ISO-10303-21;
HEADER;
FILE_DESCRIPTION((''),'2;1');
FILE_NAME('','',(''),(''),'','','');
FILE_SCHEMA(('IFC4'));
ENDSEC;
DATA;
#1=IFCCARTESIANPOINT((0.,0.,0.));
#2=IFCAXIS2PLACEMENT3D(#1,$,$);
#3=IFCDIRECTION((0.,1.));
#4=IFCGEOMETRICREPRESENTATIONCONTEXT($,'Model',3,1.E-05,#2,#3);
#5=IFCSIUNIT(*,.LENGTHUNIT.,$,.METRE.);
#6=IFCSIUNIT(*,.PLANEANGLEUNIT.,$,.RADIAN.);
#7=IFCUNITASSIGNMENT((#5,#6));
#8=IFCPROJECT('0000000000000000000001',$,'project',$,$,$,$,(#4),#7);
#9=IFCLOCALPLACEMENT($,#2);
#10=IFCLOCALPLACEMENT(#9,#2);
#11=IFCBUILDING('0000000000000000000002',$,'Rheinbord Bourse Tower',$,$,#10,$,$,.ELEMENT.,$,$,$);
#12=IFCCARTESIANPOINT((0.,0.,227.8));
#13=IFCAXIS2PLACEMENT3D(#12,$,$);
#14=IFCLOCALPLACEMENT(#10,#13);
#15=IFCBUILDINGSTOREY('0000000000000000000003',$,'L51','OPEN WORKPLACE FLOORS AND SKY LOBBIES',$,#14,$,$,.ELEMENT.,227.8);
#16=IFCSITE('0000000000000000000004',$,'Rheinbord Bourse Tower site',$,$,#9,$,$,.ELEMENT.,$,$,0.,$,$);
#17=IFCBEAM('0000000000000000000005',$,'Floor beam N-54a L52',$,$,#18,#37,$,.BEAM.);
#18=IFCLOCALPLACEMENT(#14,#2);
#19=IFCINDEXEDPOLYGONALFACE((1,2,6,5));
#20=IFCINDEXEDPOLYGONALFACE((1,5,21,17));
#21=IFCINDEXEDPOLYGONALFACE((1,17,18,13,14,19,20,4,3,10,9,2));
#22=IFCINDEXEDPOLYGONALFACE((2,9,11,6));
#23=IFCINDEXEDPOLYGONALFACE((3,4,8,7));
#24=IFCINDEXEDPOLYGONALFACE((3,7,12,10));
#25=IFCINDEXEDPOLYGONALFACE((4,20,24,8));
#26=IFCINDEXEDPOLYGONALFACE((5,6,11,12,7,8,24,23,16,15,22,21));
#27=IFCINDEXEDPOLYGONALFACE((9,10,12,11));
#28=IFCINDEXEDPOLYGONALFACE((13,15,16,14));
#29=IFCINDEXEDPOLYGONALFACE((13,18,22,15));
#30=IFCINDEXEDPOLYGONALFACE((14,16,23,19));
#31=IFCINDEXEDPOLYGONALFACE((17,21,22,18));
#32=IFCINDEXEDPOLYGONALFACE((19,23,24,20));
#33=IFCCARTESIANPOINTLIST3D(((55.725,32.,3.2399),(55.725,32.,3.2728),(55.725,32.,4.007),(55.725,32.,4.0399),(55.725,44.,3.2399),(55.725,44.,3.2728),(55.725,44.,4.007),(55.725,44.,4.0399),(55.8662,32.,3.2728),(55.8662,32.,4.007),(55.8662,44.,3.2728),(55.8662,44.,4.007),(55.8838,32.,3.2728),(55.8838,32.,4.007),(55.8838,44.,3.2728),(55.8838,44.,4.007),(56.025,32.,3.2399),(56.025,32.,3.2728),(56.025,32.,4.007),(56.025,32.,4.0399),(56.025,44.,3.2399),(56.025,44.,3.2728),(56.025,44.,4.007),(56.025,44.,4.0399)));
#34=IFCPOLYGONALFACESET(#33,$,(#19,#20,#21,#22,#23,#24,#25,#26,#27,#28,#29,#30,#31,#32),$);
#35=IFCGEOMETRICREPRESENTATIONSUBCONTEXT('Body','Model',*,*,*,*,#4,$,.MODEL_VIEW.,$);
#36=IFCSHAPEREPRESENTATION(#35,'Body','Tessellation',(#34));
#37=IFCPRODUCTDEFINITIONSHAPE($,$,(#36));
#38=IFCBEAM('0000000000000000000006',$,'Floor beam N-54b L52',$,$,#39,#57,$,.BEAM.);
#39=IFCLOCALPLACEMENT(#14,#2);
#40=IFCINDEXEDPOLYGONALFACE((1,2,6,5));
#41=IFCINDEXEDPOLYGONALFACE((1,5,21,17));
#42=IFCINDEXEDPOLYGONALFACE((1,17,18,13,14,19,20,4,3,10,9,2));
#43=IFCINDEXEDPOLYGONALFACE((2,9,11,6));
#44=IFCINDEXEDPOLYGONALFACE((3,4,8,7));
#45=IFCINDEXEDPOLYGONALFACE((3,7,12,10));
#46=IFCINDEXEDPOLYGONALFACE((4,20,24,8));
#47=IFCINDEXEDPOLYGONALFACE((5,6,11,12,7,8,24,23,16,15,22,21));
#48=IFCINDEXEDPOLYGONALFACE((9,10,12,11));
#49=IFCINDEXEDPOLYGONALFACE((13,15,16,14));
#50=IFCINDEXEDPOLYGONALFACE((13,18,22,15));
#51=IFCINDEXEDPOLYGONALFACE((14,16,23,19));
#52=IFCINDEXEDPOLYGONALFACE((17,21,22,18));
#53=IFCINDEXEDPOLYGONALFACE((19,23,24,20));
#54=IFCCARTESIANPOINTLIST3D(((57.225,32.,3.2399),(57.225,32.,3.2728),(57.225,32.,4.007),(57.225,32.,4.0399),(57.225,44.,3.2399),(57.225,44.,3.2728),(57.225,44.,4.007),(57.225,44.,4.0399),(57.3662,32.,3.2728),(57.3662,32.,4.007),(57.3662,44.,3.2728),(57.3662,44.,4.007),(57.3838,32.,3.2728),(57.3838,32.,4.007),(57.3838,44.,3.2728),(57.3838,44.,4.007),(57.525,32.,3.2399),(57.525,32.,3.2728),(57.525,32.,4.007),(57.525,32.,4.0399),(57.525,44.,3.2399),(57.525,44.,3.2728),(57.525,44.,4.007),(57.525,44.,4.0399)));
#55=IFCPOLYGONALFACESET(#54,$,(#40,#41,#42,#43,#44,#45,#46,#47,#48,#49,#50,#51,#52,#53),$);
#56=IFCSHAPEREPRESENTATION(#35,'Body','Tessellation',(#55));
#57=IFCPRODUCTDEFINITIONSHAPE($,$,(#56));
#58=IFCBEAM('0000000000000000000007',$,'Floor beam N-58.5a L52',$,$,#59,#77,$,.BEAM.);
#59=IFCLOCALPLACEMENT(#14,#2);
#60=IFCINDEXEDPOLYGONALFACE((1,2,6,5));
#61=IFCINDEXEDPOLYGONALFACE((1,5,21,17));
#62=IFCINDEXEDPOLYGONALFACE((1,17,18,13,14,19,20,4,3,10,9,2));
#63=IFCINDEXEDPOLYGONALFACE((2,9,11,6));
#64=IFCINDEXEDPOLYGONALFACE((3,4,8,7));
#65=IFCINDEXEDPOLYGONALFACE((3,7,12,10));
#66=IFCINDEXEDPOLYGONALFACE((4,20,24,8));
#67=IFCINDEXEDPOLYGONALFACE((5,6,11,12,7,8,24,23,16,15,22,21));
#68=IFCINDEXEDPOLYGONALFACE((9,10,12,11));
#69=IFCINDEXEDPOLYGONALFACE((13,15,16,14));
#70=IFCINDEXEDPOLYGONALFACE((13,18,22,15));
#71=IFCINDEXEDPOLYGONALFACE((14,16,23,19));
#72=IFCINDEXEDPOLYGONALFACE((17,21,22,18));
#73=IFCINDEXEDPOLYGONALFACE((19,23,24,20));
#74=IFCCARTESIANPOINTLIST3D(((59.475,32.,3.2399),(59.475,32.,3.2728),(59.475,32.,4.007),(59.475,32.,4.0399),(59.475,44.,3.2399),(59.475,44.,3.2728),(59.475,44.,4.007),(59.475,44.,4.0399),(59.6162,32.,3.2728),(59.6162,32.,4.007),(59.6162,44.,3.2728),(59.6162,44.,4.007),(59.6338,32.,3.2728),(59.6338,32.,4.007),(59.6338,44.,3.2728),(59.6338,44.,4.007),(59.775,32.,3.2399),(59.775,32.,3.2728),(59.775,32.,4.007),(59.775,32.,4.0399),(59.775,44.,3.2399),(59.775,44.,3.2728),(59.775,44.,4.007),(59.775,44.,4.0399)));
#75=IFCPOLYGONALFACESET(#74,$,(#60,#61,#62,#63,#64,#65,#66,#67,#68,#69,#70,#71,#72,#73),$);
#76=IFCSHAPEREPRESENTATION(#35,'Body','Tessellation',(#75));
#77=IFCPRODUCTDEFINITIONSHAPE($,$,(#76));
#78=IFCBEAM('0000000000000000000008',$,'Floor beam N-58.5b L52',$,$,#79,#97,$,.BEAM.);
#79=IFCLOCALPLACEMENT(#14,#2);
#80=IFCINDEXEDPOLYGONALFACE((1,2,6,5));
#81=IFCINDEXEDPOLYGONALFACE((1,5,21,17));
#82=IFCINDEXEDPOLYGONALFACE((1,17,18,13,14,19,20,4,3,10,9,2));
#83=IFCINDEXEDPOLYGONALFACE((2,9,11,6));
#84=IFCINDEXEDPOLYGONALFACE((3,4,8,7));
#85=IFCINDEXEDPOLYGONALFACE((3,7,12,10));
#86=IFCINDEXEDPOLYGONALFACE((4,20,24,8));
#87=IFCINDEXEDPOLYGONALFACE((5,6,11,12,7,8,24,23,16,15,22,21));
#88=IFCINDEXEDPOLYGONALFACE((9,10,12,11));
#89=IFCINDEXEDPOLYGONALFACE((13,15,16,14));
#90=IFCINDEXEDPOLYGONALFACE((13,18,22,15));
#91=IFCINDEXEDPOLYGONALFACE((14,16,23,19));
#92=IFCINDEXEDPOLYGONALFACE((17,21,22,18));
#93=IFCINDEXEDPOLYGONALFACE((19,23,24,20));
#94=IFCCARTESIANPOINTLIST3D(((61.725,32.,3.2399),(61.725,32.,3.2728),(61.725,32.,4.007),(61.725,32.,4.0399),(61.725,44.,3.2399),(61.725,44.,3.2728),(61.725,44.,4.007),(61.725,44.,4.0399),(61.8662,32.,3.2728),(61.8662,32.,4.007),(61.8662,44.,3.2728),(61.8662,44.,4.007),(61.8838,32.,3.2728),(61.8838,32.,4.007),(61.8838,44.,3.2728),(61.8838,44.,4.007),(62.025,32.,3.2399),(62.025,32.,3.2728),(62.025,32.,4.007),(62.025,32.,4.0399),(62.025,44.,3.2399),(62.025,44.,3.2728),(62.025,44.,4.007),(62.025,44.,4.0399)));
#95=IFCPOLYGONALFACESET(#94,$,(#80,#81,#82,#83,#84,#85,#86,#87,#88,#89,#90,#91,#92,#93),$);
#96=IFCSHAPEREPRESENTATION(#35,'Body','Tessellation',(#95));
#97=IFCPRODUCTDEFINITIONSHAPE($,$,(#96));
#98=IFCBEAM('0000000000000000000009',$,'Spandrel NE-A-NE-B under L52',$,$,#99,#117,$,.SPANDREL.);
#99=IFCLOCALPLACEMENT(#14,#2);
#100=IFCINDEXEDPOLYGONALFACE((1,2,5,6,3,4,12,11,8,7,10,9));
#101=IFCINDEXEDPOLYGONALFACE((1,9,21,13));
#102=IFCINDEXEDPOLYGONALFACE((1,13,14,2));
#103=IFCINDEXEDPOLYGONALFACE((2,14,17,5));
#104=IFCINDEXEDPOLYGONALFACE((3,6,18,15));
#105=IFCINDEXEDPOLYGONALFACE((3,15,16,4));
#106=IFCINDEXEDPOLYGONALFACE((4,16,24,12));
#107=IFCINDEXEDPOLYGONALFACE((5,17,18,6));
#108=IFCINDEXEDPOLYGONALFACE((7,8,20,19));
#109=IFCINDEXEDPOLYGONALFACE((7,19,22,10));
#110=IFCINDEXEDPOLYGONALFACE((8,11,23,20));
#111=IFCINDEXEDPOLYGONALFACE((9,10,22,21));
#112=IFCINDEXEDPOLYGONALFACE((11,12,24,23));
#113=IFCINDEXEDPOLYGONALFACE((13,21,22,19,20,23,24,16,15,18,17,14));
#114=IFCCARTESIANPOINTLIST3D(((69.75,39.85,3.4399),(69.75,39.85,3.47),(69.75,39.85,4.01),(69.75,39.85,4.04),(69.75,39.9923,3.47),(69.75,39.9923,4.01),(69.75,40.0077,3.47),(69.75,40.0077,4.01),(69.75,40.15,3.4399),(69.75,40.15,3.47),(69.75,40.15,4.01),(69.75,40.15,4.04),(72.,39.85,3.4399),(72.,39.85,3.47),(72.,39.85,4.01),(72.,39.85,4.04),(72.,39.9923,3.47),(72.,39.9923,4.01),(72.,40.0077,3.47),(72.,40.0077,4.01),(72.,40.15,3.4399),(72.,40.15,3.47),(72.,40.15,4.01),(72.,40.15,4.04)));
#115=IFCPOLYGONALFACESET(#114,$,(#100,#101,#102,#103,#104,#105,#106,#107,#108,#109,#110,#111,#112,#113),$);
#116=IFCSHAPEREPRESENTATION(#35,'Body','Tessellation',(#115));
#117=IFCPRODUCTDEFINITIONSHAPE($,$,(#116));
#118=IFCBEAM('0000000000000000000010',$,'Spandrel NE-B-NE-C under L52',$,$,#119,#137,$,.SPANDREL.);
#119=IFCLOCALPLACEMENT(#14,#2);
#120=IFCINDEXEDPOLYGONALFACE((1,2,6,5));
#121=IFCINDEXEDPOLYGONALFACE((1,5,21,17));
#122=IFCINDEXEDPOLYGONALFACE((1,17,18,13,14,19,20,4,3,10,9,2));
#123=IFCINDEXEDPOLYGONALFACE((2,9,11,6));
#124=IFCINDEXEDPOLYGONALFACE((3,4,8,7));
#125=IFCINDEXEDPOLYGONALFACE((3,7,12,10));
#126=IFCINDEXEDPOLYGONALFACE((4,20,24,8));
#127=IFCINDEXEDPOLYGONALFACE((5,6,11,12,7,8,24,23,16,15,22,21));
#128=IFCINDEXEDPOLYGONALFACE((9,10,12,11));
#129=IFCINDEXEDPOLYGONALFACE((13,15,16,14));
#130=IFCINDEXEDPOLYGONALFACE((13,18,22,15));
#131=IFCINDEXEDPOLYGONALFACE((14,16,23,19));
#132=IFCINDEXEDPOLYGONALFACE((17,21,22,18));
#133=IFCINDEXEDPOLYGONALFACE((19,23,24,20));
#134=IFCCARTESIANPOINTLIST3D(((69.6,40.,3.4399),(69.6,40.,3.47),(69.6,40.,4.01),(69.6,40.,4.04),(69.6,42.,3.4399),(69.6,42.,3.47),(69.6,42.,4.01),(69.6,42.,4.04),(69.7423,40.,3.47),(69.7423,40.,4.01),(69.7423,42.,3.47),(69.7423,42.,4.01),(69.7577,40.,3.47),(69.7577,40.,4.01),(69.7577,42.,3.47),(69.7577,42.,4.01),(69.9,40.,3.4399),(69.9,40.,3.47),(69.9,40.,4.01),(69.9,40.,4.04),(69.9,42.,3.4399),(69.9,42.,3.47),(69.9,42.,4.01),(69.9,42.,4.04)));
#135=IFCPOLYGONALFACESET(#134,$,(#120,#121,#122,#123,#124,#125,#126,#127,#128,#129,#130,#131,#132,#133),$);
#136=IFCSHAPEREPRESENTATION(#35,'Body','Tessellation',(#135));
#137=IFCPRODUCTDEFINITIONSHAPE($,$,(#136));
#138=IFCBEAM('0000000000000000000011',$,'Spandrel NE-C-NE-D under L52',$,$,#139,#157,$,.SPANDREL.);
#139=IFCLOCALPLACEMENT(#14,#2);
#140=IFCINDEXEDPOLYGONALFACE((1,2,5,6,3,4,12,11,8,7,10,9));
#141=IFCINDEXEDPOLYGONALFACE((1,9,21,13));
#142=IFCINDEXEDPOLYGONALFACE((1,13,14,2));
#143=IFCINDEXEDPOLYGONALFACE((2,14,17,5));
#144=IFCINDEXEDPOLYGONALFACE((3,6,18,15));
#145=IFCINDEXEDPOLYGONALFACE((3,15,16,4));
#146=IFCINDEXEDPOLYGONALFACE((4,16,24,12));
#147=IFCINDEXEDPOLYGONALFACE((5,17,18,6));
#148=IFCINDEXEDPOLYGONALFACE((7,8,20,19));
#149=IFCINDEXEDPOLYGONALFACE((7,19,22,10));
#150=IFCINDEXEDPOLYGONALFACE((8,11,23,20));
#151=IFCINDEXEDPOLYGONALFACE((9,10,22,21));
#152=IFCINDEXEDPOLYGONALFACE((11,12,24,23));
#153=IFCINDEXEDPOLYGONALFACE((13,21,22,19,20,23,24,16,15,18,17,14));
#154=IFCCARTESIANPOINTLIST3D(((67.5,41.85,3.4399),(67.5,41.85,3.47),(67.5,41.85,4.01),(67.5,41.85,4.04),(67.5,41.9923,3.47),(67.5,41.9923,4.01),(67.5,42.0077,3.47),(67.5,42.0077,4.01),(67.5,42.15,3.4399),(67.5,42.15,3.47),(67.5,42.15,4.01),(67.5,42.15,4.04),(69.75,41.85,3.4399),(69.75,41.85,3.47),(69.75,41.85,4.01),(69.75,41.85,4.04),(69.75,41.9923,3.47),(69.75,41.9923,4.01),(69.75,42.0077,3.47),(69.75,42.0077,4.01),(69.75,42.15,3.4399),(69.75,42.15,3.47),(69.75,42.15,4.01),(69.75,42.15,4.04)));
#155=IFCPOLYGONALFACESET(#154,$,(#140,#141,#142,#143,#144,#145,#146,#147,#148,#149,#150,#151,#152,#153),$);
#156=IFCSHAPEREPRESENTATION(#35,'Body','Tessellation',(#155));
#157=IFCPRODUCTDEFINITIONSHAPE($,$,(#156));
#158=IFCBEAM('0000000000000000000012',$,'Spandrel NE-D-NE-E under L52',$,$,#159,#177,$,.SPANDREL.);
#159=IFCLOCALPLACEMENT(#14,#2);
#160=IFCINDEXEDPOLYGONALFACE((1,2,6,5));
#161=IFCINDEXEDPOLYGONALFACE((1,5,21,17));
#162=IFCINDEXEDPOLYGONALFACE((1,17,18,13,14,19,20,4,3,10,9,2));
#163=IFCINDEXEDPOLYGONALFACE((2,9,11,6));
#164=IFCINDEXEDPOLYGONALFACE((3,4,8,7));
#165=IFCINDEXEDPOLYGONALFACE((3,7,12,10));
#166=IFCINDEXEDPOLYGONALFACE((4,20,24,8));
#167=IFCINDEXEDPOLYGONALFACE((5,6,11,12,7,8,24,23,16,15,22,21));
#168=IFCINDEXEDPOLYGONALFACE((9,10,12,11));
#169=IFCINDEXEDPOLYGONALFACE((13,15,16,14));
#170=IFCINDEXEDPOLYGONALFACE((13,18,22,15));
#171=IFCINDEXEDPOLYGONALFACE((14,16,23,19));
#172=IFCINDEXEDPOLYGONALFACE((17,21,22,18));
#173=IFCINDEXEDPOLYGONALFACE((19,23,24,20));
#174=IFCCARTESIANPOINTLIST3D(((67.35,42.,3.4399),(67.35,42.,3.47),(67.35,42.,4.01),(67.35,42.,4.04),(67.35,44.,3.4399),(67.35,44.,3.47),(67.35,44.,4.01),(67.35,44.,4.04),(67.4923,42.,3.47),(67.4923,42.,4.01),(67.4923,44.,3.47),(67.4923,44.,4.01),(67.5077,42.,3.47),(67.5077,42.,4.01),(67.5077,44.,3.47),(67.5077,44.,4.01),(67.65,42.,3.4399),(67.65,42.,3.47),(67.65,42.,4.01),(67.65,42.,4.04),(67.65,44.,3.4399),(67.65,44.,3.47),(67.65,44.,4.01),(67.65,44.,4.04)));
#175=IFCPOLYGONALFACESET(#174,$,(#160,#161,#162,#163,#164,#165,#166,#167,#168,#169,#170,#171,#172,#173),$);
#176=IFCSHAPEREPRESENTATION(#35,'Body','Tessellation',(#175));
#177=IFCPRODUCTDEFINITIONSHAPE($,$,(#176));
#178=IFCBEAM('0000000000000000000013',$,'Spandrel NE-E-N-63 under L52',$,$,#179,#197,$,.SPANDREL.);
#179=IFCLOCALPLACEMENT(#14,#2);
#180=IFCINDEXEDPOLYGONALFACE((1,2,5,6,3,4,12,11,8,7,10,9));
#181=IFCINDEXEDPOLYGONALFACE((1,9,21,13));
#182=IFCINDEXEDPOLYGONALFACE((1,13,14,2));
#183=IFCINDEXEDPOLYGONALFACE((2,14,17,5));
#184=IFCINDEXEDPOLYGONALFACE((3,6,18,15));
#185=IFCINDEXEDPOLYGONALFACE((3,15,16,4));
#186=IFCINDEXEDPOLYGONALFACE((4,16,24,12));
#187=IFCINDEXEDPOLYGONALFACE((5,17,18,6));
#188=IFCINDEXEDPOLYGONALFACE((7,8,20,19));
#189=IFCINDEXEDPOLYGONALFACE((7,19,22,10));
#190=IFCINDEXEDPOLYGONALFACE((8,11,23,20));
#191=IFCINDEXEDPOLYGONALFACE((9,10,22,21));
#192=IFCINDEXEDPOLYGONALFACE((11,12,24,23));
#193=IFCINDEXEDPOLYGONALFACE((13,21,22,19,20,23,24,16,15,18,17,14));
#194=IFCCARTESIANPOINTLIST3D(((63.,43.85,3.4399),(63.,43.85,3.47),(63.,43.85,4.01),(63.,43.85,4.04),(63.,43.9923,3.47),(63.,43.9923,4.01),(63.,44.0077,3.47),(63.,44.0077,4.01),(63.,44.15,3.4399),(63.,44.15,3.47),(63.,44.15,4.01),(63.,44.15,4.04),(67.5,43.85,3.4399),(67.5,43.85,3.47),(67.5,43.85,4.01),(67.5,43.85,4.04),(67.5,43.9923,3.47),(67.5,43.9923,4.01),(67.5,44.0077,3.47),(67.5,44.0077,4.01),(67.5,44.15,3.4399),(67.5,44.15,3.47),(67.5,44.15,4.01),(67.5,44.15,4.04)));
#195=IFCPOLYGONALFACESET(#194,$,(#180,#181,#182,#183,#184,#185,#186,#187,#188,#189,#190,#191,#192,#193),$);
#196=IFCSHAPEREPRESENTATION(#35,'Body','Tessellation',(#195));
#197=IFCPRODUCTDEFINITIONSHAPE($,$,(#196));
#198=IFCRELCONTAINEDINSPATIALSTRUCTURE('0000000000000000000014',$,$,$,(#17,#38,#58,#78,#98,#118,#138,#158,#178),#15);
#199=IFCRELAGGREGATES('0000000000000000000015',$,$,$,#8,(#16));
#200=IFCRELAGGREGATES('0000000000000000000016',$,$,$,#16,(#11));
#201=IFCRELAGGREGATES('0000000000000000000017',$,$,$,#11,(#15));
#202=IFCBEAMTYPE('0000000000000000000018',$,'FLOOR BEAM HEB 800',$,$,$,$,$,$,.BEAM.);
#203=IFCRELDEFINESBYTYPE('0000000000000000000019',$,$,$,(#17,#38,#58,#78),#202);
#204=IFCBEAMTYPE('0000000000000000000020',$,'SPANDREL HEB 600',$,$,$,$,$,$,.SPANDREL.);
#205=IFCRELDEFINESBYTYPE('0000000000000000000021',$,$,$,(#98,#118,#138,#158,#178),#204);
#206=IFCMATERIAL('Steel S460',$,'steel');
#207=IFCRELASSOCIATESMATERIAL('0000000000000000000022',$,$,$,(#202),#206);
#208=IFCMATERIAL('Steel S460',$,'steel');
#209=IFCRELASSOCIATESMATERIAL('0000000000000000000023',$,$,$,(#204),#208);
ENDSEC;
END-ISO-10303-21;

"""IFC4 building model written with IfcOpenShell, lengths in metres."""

from ifc_helpers import new_model, si_unit, direction, frame, origin, origin_2d, place, context, subcontext, project, spatial, i_section, extrude, material, material_profile, profile_set, type_object, element, save


model = new_model("IFC4")

# Units and contexts
model_context = context("Model", 3, precision=1e-05, world=origin(), true_north=direction((0.0, 1.0)))
body_context = subcontext(model_context, "Body", "Model", "MODEL_VIEW")
ifc_project = project(units=[si_unit("LENGTHUNIT", "METRE"), si_unit("PLANEANGLEUNIT", "RADIAN")], contexts=[model_context])

# Site, building, storey
site_placement = place(None, origin())
site = spatial("IfcSite", under=ifc_project, at=site_placement, Name="Rheinbord Bourse Tower site", CompositionType="ELEMENT", RefElevation=0.0)
building_placement = place(site_placement, origin())
building = spatial("IfcBuilding", under=site, at=building_placement, Name="Rheinbord Bourse Tower", CompositionType="ELEMENT")
storey_placement = place(building_placement, frame((0.0, 0.0, 227.8)))
storey = spatial("IfcBuildingStorey", under=building, at=storey_placement, Name="L51", Description="OPEN WORKPLACE FLOORS AND SKY LOBBIES", CompositionType="ELEMENT", Elevation=227.8)

# Beams
ifc_material_1 = material(Name="Steel S460", Category="steel")
ifc_material_profile_1 = material_profile(ifc_material_1, i_section(OverallWidth=0.3, OverallDepth=0.8, WebThickness=0.0176, FlangeThickness=0.033, at=origin_2d()), Name="HEB 800")
ifc_profile_set_1 = profile_set([ifc_material_profile_1], Name="Steel S460")
beam_type_1 = type_object("IfcBeamType", Name="FLOOR BEAM HEB 800", PredefinedType="BEAM", material=ifc_profile_set_1)
for number, where, z_axis, x_axis, name in (
    (1, (55.875, 44.0, 3.6399), (0.0, -1.0, 0.0), (1.0, 0.0, 0.0), "Floor beam N-54a L52"),
    (2, (57.375, 44.0, 3.6399), (0.0, -1.0, 0.0), (1.0, 0.0, 0.0), "Floor beam N-54b L52"),
    (3, (59.625, 44.0, 3.6399), (0.0, -1.0, 0.0), (1.0, 0.0, 0.0), "Floor beam N-58.5a L52"),
    (4, (61.875, 44.0, 3.6399), (0.0, -1.0, 0.0), (1.0, 0.0, 0.0), "Floor beam N-58.5b L52"),
):
    element("IfcBeam", number, at=place(storey_placement, frame(where, z_axis=z_axis, x_axis=x_axis)), inside=storey, type_object=beam_type_1, Name=name, PredefinedType="BEAM", context=body_context, shape_type="SweptSolid", body=[
        extrude(i_section(OverallWidth=0.3, OverallDepth=0.8, WebThickness=0.0176, FlangeThickness=0.033, at=origin_2d()), origin(), (0.0, 0.0, 1.0), 12.0),
    ])
ifc_material_2 = material(Name="Steel S460", Category="steel")
ifc_material_profile_2 = material_profile(ifc_material_2, i_section(OverallWidth=0.3, OverallDepth=0.6001, WebThickness=0.0154, FlangeThickness=0.03, at=origin_2d()), Name="HEB 600")
ifc_profile_set_2 = profile_set([ifc_material_profile_2], Name="Steel S460")
beam_type_2 = type_object("IfcBeamType", Name="SPANDREL HEB 600", PredefinedType="SPANDREL", material=ifc_profile_set_2)
beam_1_placement = place(storey_placement, frame((72.0, 40.0, 3.74), z_axis=(-1.0, 0.0, 0.0), x_axis=(0.0, -1.0, 0.0)))
element("IfcBeam", 5, at=beam_1_placement, inside=storey, type_object=beam_type_2, Name="Spandrel NE-A-NE-B under L52", PredefinedType="SPANDREL", context=body_context, shape_type="SweptSolid", body=[
    extrude(i_section(OverallWidth=0.3, OverallDepth=0.6001, WebThickness=0.0154, FlangeThickness=0.03, at=origin_2d()), origin(), (0.0, 0.0, 1.0), 2.25),
])
beam_2_placement = place(storey_placement, frame((69.75, 40.0, 3.74), z_axis=(0.0, 1.0, 0.0), x_axis=(-1.0, 0.0, 0.0)))
element("IfcBeam", 6, at=beam_2_placement, inside=storey, type_object=beam_type_2, Name="Spandrel NE-B-NE-C under L52", PredefinedType="SPANDREL", context=body_context, shape_type="SweptSolid", body=[
    extrude(i_section(OverallWidth=0.3, OverallDepth=0.6001, WebThickness=0.0154, FlangeThickness=0.03, at=origin_2d()), origin(), (0.0, 0.0, 1.0), 2.0),
])
beam_3_placement = place(storey_placement, frame((69.75, 42.0, 3.74), z_axis=(-1.0, 0.0, 0.0), x_axis=(0.0, -1.0, 0.0)))
element("IfcBeam", 7, at=beam_3_placement, inside=storey, type_object=beam_type_2, Name="Spandrel NE-C-NE-D under L52", PredefinedType="SPANDREL", context=body_context, shape_type="SweptSolid", body=[
    extrude(i_section(OverallWidth=0.3, OverallDepth=0.6001, WebThickness=0.0154, FlangeThickness=0.03, at=origin_2d()), origin(), (0.0, 0.0, 1.0), 2.25),
])
beam_4_placement = place(storey_placement, frame((67.5, 42.0, 3.74), z_axis=(0.0, 1.0, 0.0), x_axis=(-1.0, 0.0, 0.0)))
element("IfcBeam", 8, at=beam_4_placement, inside=storey, type_object=beam_type_2, Name="Spandrel NE-D-NE-E under L52", PredefinedType="SPANDREL", context=body_context, shape_type="SweptSolid", body=[
    extrude(i_section(OverallWidth=0.3, OverallDepth=0.6001, WebThickness=0.0154, FlangeThickness=0.03, at=origin_2d()), origin(), (0.0, 0.0, 1.0), 2.0),
])
for number, where, z_axis, x_axis, name in (
    (9, (67.5, 44.0, 3.74), (-1.0, 0.0, 0.0), (0.0, -1.0, 0.0), "Spandrel NE-E-N-63 under L52"),
):
    element("IfcBeam", number, at=place(storey_placement, frame(where, z_axis=z_axis, x_axis=x_axis)), inside=storey, type_object=beam_type_2, Name=name, PredefinedType="SPANDREL", context=body_context, shape_type="SweptSolid", body=[
        extrude(i_section(OverallWidth=0.3, OverallDepth=0.6001, WebThickness=0.0154, FlangeThickness=0.03, at=origin_2d()), origin(), (0.0, 0.0, 1.0), 4.5),
    ])

save(model, "model.ifc")
